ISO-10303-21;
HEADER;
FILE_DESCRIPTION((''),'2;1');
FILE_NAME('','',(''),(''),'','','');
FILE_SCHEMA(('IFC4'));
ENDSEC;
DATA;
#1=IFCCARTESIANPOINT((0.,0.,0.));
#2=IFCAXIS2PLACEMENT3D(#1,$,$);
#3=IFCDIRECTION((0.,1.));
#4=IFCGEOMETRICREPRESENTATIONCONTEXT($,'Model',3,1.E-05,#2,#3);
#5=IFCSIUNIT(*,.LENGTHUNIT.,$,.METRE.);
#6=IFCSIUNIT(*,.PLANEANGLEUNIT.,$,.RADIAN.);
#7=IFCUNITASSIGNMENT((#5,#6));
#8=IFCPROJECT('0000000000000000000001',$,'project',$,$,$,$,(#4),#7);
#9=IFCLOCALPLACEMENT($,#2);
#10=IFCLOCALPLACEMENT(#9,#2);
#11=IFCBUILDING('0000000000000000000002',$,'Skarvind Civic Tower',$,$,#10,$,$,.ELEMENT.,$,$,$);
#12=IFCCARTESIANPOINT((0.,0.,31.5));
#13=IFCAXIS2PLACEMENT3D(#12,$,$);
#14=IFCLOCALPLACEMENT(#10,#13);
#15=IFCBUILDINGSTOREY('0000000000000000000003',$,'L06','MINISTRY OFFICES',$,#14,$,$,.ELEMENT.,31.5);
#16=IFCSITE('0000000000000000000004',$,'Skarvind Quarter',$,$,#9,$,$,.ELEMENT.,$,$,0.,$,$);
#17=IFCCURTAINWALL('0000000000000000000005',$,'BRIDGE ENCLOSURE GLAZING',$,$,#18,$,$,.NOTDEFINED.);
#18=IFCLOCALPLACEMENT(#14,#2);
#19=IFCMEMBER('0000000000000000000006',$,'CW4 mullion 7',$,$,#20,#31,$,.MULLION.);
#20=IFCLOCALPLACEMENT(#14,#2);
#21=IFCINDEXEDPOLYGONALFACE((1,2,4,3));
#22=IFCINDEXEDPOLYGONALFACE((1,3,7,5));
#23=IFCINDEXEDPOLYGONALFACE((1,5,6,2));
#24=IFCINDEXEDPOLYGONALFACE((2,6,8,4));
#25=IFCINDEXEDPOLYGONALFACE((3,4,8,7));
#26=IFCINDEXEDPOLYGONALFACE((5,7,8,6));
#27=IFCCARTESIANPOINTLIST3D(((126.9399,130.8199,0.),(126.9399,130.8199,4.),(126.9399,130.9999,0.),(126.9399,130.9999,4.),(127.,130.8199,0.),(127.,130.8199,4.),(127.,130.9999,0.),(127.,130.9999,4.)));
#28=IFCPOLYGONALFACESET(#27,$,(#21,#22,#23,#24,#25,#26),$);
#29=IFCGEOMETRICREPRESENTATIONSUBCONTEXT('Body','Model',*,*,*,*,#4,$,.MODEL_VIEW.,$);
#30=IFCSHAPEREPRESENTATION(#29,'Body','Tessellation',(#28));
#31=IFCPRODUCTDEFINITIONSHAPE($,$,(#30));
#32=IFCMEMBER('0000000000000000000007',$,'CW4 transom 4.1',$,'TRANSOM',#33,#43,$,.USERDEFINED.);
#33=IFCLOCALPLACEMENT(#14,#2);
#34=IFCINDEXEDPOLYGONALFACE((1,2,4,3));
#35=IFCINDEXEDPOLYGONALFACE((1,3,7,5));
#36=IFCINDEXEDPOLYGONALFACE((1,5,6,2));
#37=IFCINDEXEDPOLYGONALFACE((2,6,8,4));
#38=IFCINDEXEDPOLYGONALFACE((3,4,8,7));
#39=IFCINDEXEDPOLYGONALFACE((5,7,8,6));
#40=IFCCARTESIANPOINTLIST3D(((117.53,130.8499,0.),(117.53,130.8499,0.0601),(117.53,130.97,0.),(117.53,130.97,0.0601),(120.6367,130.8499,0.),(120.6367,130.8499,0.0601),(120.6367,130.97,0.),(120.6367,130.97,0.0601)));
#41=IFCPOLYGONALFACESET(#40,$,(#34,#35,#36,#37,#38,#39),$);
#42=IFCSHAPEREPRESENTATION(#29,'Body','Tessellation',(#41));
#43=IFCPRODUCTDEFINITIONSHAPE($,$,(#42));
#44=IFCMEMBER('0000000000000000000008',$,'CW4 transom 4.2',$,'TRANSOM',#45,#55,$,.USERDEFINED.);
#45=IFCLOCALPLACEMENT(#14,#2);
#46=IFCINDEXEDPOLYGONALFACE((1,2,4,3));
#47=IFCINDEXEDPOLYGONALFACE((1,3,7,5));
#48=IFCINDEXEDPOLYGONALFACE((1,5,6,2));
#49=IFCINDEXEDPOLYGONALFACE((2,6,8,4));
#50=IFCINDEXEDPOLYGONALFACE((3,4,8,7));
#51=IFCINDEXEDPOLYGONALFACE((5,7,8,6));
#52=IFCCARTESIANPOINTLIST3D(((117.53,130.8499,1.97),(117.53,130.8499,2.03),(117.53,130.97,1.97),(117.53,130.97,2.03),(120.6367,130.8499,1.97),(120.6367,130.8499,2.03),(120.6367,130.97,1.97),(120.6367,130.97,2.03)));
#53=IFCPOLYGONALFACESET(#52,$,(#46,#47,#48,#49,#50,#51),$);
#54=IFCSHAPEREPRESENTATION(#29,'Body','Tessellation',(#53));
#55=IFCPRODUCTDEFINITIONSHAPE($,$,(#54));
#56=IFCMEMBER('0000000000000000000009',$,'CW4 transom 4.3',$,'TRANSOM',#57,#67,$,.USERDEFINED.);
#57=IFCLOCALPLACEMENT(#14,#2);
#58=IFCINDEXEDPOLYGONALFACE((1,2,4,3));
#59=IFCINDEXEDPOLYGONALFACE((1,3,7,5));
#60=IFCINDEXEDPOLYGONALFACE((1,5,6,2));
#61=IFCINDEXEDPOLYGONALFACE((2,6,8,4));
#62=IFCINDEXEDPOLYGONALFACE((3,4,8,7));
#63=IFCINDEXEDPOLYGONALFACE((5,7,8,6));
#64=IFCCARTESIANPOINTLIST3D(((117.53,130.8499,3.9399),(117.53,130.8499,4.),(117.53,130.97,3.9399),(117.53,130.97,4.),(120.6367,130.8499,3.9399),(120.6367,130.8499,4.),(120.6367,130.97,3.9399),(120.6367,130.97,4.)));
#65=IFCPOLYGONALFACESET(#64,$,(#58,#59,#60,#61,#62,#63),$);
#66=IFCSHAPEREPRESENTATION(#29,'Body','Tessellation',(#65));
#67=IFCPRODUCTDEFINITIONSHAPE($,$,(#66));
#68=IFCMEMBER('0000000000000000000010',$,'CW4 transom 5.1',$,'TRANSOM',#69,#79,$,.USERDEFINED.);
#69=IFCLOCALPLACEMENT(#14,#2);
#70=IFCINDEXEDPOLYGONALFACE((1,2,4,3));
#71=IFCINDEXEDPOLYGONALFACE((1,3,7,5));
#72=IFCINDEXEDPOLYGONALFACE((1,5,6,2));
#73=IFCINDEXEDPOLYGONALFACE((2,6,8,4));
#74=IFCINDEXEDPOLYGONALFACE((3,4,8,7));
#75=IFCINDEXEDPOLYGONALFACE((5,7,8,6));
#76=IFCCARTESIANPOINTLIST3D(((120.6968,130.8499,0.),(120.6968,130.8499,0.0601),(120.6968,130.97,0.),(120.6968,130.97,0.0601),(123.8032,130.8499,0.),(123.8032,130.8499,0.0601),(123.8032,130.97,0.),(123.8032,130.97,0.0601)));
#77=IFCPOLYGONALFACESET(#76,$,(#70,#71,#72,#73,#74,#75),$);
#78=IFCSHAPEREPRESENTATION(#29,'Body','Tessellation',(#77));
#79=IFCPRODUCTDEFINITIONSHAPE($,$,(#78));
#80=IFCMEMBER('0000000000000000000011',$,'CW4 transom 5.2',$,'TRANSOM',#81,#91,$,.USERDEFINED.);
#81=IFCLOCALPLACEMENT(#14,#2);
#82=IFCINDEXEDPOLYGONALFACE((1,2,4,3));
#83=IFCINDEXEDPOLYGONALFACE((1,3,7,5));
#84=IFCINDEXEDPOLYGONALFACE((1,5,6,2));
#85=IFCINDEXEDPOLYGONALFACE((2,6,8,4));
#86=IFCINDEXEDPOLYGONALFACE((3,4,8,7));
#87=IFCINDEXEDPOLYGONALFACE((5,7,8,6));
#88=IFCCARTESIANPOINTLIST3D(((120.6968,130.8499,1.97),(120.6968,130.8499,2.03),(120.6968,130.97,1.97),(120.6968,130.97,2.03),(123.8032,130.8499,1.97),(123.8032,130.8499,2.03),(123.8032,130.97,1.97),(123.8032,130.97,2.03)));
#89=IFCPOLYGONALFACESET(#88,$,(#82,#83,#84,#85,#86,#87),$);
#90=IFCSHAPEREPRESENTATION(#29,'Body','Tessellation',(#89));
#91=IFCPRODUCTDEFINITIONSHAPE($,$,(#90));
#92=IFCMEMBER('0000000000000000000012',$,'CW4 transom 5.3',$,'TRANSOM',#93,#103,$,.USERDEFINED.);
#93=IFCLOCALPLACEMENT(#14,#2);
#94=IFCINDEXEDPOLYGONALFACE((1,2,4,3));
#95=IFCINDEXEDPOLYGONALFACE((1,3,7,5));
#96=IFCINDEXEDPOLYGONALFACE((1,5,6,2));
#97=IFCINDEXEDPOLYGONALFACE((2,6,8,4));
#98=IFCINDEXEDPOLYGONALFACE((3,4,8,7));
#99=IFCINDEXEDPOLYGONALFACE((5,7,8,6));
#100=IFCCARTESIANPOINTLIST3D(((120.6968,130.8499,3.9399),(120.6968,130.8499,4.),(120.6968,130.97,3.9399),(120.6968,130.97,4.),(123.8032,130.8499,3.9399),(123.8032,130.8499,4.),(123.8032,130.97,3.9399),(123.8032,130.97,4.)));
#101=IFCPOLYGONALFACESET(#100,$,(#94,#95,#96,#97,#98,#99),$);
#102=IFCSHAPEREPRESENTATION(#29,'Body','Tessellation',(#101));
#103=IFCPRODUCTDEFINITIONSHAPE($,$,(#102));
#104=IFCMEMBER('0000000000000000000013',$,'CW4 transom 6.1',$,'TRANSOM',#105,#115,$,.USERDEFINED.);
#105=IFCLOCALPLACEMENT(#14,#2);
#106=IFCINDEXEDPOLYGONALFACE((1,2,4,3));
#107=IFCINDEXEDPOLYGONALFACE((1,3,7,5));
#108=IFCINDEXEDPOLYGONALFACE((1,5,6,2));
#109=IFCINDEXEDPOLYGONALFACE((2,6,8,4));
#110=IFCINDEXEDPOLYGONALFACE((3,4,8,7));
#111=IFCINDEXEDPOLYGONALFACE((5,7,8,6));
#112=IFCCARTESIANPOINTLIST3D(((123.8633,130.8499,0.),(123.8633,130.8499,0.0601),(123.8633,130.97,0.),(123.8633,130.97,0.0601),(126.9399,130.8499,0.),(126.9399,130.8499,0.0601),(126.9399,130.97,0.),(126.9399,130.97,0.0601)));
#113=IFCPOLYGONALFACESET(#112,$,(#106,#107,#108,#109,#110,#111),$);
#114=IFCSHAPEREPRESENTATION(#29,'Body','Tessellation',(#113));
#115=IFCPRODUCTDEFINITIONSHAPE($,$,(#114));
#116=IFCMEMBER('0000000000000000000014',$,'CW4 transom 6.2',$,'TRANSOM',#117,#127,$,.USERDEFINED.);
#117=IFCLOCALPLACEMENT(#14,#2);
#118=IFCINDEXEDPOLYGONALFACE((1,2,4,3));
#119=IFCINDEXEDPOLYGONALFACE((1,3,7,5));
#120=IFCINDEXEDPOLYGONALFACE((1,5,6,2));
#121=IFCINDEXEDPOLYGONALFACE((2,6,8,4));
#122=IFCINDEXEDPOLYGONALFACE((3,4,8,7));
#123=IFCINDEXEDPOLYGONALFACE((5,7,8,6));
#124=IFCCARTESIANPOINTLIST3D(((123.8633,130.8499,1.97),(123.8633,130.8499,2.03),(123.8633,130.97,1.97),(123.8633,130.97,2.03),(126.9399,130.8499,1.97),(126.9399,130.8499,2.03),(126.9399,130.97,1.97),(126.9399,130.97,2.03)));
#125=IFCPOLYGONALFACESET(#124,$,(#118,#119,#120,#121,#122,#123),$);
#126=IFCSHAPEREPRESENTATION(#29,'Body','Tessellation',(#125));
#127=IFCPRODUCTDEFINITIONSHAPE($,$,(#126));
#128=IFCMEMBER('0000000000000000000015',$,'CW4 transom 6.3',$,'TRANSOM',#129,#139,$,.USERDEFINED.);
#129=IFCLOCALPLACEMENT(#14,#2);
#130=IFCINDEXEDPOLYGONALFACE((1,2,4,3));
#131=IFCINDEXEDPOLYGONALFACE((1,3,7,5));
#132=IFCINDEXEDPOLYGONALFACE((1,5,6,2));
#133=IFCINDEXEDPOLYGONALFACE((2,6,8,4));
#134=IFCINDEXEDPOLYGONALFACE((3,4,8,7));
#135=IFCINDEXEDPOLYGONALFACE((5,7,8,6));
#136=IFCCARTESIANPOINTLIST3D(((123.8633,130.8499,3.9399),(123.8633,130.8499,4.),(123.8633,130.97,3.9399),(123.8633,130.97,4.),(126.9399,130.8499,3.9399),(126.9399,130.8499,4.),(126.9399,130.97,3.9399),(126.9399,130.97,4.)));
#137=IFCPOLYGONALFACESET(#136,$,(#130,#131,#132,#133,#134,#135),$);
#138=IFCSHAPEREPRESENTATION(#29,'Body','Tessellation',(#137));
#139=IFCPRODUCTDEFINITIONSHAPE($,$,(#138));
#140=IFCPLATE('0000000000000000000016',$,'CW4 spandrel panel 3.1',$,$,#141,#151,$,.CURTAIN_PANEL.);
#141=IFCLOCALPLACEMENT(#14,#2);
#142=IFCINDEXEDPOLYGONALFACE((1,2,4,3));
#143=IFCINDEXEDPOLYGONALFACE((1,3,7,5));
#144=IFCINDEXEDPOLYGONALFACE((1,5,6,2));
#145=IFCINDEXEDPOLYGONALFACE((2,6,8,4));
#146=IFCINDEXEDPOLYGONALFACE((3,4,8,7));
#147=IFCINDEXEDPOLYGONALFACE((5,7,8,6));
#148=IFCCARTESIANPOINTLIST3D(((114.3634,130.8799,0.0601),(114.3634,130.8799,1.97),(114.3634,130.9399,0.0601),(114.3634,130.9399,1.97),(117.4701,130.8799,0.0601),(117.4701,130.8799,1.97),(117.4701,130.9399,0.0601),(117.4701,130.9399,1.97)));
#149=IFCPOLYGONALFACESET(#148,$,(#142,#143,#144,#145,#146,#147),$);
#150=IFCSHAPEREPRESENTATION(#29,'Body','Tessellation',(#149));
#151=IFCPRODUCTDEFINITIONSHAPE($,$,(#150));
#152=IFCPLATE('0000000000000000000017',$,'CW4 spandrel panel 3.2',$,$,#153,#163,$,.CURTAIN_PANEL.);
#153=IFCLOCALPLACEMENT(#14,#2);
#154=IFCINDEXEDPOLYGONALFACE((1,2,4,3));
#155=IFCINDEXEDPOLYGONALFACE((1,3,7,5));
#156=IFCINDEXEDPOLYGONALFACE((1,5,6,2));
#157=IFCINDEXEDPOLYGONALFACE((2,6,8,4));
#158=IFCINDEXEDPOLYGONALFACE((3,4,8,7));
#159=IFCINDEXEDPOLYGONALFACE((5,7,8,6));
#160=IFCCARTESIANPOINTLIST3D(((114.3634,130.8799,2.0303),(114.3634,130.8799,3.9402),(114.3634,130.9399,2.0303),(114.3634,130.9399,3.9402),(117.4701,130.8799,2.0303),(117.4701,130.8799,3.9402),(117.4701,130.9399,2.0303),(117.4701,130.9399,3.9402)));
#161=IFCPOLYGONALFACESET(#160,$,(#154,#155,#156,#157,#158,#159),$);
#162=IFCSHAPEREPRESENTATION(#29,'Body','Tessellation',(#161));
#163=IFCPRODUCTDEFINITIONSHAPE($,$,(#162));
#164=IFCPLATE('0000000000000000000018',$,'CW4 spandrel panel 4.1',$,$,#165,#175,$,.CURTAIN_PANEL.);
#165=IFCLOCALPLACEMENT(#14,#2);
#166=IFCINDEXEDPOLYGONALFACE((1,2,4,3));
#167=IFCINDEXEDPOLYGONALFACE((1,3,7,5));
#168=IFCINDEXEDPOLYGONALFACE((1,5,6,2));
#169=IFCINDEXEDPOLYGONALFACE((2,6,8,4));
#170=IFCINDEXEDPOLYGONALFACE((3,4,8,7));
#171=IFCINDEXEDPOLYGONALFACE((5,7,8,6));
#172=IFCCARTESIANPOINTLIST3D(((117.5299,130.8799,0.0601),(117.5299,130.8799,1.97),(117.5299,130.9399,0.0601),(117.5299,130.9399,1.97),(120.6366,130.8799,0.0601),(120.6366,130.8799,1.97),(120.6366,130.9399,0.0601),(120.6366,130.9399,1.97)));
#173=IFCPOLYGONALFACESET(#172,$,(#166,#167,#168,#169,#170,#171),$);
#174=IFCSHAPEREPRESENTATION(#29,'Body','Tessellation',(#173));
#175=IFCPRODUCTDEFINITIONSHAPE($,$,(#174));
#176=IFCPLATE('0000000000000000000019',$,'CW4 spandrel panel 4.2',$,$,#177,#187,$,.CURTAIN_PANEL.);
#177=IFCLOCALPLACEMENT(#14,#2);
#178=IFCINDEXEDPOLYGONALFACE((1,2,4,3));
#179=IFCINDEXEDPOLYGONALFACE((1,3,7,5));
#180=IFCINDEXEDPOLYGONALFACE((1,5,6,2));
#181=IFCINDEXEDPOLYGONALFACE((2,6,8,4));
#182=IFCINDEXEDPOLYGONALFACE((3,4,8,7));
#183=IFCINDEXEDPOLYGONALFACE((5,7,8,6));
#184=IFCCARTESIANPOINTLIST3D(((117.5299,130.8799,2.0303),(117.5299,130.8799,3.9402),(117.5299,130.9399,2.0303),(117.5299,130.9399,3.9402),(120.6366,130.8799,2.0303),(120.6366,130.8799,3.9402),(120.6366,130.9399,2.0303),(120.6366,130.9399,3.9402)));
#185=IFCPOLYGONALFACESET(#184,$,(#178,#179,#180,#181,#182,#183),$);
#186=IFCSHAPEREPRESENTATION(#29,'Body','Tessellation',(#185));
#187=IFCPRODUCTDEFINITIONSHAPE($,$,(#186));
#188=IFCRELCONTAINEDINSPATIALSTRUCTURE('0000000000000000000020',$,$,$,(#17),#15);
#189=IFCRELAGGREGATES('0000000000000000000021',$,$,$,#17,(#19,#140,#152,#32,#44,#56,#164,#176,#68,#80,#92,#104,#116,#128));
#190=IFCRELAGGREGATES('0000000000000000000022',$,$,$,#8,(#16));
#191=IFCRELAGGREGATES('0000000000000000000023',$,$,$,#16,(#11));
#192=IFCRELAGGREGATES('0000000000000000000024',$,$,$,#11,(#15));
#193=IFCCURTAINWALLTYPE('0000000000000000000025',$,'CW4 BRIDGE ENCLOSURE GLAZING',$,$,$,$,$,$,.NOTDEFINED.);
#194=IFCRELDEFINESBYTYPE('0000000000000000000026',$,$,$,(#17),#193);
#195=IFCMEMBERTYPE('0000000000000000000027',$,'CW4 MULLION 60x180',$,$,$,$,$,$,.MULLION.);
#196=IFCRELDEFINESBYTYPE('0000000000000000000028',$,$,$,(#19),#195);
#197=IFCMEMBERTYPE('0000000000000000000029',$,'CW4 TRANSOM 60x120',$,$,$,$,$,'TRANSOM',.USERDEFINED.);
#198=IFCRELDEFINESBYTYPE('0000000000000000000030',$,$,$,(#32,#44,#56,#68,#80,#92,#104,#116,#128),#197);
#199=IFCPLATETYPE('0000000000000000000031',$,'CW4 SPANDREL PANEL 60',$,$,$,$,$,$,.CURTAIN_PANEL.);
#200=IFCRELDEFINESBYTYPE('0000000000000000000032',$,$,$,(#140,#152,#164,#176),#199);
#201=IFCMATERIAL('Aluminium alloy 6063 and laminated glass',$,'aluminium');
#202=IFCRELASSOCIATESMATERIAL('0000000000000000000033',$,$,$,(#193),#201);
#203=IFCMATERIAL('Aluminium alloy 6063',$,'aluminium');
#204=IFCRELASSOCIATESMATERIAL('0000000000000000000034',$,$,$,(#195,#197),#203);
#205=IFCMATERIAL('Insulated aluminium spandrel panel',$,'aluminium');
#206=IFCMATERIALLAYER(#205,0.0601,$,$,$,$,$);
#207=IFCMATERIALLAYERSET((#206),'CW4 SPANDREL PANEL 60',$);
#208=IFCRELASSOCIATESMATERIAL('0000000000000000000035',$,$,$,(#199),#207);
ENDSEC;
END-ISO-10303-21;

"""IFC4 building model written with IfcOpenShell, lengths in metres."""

from ifc_helpers import new_model, si_unit, direction, frame, origin, origin_2d, place, context, subcontext, project, spatial, rectangle, extrude, material, layer, layer_set, material_profile, profile_set, type_object, element, aggregate, save


model = new_model("IFC4")

# Units and contexts
model_context = context("Model", 3, precision=1e-05, world=origin(), true_north=direction((0.0, 1.0)))
body_context = subcontext(model_context, "Body", "Model", "MODEL_VIEW")
ifc_project = project(units=[si_unit("LENGTHUNIT", "METRE"), si_unit("PLANEANGLEUNIT", "RADIAN")], contexts=[model_context])

# Site, building, storey
site_placement = place(None, origin())
site = spatial("IfcSite", under=ifc_project, at=site_placement, Name="Skarvind Quarter", CompositionType="ELEMENT", RefElevation=0.0)
building_placement = place(site_placement, origin())
building = spatial("IfcBuilding", under=site, at=building_placement, Name="Skarvind Civic Tower", CompositionType="ELEMENT")
storey_placement = place(building_placement, frame((0.0, 0.0, 31.5)))
storey = spatial("IfcBuildingStorey", under=building, at=storey_placement, Name="L06", Description="MINISTRY OFFICES", CompositionType="ELEMENT", Elevation=31.5)

# Shared definitions
ifc_material_1 = material(Name="Aluminium alloy 6063 and laminated glass", Category="aluminium")
curtain_wall_type = type_object("IfcCurtainWallType", Name="CW4 BRIDGE ENCLOSURE GLAZING", PredefinedType="NOTDEFINED", material=ifc_material_1)
ifc_material_2 = material(Name="Aluminium alloy 6063", Category="aluminium")
ifc_material_profile_1 = material_profile(ifc_material_2, rectangle(XDim=0.1799, YDim=0.0601, at=origin_2d()), Name="AL 60x180")
ifc_profile_set_1 = profile_set([ifc_material_profile_1], Name="Aluminium alloy 6063")
member_type_1 = type_object("IfcMemberType", Name="CW4 MULLION 60x180", PredefinedType="MULLION", material=ifc_profile_set_1)

# Curtain wall, members, plates
curtain_wall_1_placement = place(storey_placement, origin())
curtain_wall_1 = element("IfcCurtainWall", 1, at=curtain_wall_1_placement, inside=storey, type_object=curtain_wall_type, Name="BRIDGE ENCLOSURE GLAZING", PredefinedType="NOTDEFINED")
member_1_placement = place(storey_placement, frame((126.97, 130.9099, 0.0), z_axis=(0.0, 0.0, 1.0), x_axis=(0.0, 1.0, 0.0)))
member_1 = element("IfcMember", 2, at=member_1_placement, type_object=member_type_1, Name="CW4 mullion 7", PredefinedType="MULLION", context=body_context, shape_type="SweptSolid", body=[
    extrude(rectangle(XDim=0.1799, YDim=0.0601, at=origin_2d()), origin(), (0.0, 0.0, 1.0), 4.0),
])
ifc_material_profile_2 = material_profile(ifc_material_2, rectangle(XDim=0.1201, YDim=0.0601, at=origin_2d()), Name="AL 60x120")
ifc_profile_set_2 = profile_set([ifc_material_profile_2], Name="Aluminium alloy 6063")
member_type_2 = type_object("IfcMemberType", Name="CW4 TRANSOM 60x120", ElementType="TRANSOM", PredefinedType="USERDEFINED", material=ifc_profile_set_2)
member_2_placement = place(storey_placement, frame((117.53, 130.9099, 0.03), z_axis=(1.0, 0.0, 0.0), x_axis=(0.0, 1.0, 0.0)))
member_2 = element("IfcMember", 3, at=member_2_placement, type_object=member_type_2, Name="CW4 transom 4.1", ObjectType="TRANSOM", PredefinedType="USERDEFINED", context=body_context, shape_type="SweptSolid", body=[
    extrude(rectangle(XDim=0.1201, YDim=0.0601, at=origin_2d()), origin(), (0.0, 0.0, 1.0), 3.1067),
])
member_3_placement = place(storey_placement, frame((117.53, 130.9099, 2.0), z_axis=(1.0, 0.0, 0.0), x_axis=(0.0, 1.0, 0.0)))
member_3 = element("IfcMember", 4, at=member_3_placement, type_object=member_type_2, Name="CW4 transom 4.2", ObjectType="TRANSOM", PredefinedType="USERDEFINED", context=body_context, shape_type="SweptSolid", body=[
    extrude(rectangle(XDim=0.1201, YDim=0.0601, at=origin_2d()), origin(), (0.0, 0.0, 1.0), 3.1067),
])
member_4_placement = place(storey_placement, frame((117.53, 130.9099, 3.97), z_axis=(1.0, 0.0, 0.0), x_axis=(0.0, 1.0, 0.0)))
member_4 = element("IfcMember", 5, at=member_4_placement, type_object=member_type_2, Name="CW4 transom 4.3", ObjectType="TRANSOM", PredefinedType="USERDEFINED", context=body_context, shape_type="SweptSolid", body=[
    extrude(rectangle(XDim=0.1201, YDim=0.0601, at=origin_2d()), origin(), (0.0, 0.0, 1.0), 3.1067),
])
member_5_placement = place(storey_placement, frame((120.6968, 130.9099, 0.03), z_axis=(1.0, 0.0, 0.0), x_axis=(0.0, 1.0, 0.0)))
member_5 = element("IfcMember", 6, at=member_5_placement, type_object=member_type_2, Name="CW4 transom 5.1", ObjectType="TRANSOM", PredefinedType="USERDEFINED", context=body_context, shape_type="SweptSolid", body=[
    extrude(rectangle(XDim=0.1201, YDim=0.0601, at=origin_2d()), origin(), (0.0, 0.0, 1.0), 3.1064),
])
member_6_placement = place(storey_placement, frame((120.6968, 130.9099, 2.0), z_axis=(1.0, 0.0, 0.0), x_axis=(0.0, 1.0, 0.0)))
member_6 = element("IfcMember", 7, at=member_6_placement, type_object=member_type_2, Name="CW4 transom 5.2", ObjectType="TRANSOM", PredefinedType="USERDEFINED", context=body_context, shape_type="SweptSolid", body=[
    extrude(rectangle(XDim=0.1201, YDim=0.0601, at=origin_2d()), origin(), (0.0, 0.0, 1.0), 3.1064),
])
member_7_placement = place(storey_placement, frame((120.6968, 130.9099, 3.97), z_axis=(1.0, 0.0, 0.0), x_axis=(0.0, 1.0, 0.0)))
member_7 = element("IfcMember", 8, at=member_7_placement, type_object=member_type_2, Name="CW4 transom 5.3", ObjectType="TRANSOM", PredefinedType="USERDEFINED", context=body_context, shape_type="SweptSolid", body=[
    extrude(rectangle(XDim=0.1201, YDim=0.0601, at=origin_2d()), origin(), (0.0, 0.0, 1.0), 3.1064),
])
member_8_placement = place(storey_placement, frame((123.8633, 130.9099, 0.03), z_axis=(1.0, 0.0, 0.0), x_axis=(0.0, 1.0, 0.0)))
member_8 = element("IfcMember", 9, at=member_8_placement, type_object=member_type_2, Name="CW4 transom 6.1", ObjectType="TRANSOM", PredefinedType="USERDEFINED", context=body_context, shape_type="SweptSolid", body=[
    extrude(rectangle(XDim=0.1201, YDim=0.0601, at=origin_2d()), origin(), (0.0, 0.0, 1.0), 3.0767),
])
member_9_placement = place(storey_placement, frame((123.8633, 130.9099, 2.0), z_axis=(1.0, 0.0, 0.0), x_axis=(0.0, 1.0, 0.0)))
member_9 = element("IfcMember", 10, at=member_9_placement, type_object=member_type_2, Name="CW4 transom 6.2", ObjectType="TRANSOM", PredefinedType="USERDEFINED", context=body_context, shape_type="SweptSolid", body=[
    extrude(rectangle(XDim=0.1201, YDim=0.0601, at=origin_2d()), origin(), (0.0, 0.0, 1.0), 3.0767),
])
member_10_placement = place(storey_placement, frame((123.8633, 130.9099, 3.97), z_axis=(1.0, 0.0, 0.0), x_axis=(0.0, 1.0, 0.0)))
member_10 = element("IfcMember", 11, at=member_10_placement, type_object=member_type_2, Name="CW4 transom 6.3", ObjectType="TRANSOM", PredefinedType="USERDEFINED", context=body_context, shape_type="SweptSolid", body=[
    extrude(rectangle(XDim=0.1201, YDim=0.0601, at=origin_2d()), origin(), (0.0, 0.0, 1.0), 3.0767),
])
ifc_material_3 = material(Name="Insulated aluminium spandrel panel", Category="aluminium")
ifc_layer = layer(ifc_material_3, 0.0601)
ifc_layer_set = layer_set([ifc_layer], Name="CW4 SPANDREL PANEL 60")
plate_type = type_object("IfcPlateType", Name="CW4 SPANDREL PANEL 60", PredefinedType="CURTAIN_PANEL", material=ifc_layer_set)
plate_1_placement = place(storey_placement, frame((115.9167, 130.9099, 0.0601), z_axis=(0.0, 0.0, 1.0), x_axis=(1.0, 0.0, 0.0)))
plate_1 = element("IfcPlate", 12, at=plate_1_placement, type_object=plate_type, Name="CW4 spandrel panel 3.1", PredefinedType="CURTAIN_PANEL", context=body_context, shape_type="SweptSolid", body=[
    extrude(rectangle(XDim=3.1067, YDim=0.0601, at=origin_2d()), origin(), (0.0, 0.0, 1.0), 1.9099),
])
plate_2_placement = place(storey_placement, frame((115.9167, 130.9099, 2.0303), z_axis=(0.0, 0.0, 1.0), x_axis=(1.0, 0.0, 0.0)))
plate_2 = element("IfcPlate", 13, at=plate_2_placement, type_object=plate_type, Name="CW4 spandrel panel 3.2", PredefinedType="CURTAIN_PANEL", context=body_context, shape_type="SweptSolid", body=[
    extrude(rectangle(XDim=3.1067, YDim=0.0601, at=origin_2d()), origin(), (0.0, 0.0, 1.0), 1.9099),
])
plate_3_placement = place(storey_placement, frame((119.0833, 130.9099, 0.0601), z_axis=(0.0, 0.0, 1.0), x_axis=(1.0, 0.0, 0.0)))
plate_3 = element("IfcPlate", 14, at=plate_3_placement, type_object=plate_type, Name="CW4 spandrel panel 4.1", PredefinedType="CURTAIN_PANEL", context=body_context, shape_type="SweptSolid", body=[
    extrude(rectangle(XDim=3.1067, YDim=0.0601, at=origin_2d()), origin(), (0.0, 0.0, 1.0), 1.9099),
])
plate_4_placement = place(storey_placement, frame((119.0833, 130.9099, 2.0303), z_axis=(0.0, 0.0, 1.0), x_axis=(1.0, 0.0, 0.0)))
plate_4 = element("IfcPlate", 15, at=plate_4_placement, type_object=plate_type, Name="CW4 spandrel panel 4.2", PredefinedType="CURTAIN_PANEL", context=body_context, shape_type="SweptSolid", body=[
    extrude(rectangle(XDim=3.1067, YDim=0.0601, at=origin_2d()), origin(), (0.0, 0.0, 1.0), 1.9099),
])
aggregate(curtain_wall_1, [member_1, plate_1, plate_2, member_2, member_3, member_4, plate_3, plate_4, member_5, member_6, member_7, member_8, member_9, member_10])

save(model, "model.ifc")
